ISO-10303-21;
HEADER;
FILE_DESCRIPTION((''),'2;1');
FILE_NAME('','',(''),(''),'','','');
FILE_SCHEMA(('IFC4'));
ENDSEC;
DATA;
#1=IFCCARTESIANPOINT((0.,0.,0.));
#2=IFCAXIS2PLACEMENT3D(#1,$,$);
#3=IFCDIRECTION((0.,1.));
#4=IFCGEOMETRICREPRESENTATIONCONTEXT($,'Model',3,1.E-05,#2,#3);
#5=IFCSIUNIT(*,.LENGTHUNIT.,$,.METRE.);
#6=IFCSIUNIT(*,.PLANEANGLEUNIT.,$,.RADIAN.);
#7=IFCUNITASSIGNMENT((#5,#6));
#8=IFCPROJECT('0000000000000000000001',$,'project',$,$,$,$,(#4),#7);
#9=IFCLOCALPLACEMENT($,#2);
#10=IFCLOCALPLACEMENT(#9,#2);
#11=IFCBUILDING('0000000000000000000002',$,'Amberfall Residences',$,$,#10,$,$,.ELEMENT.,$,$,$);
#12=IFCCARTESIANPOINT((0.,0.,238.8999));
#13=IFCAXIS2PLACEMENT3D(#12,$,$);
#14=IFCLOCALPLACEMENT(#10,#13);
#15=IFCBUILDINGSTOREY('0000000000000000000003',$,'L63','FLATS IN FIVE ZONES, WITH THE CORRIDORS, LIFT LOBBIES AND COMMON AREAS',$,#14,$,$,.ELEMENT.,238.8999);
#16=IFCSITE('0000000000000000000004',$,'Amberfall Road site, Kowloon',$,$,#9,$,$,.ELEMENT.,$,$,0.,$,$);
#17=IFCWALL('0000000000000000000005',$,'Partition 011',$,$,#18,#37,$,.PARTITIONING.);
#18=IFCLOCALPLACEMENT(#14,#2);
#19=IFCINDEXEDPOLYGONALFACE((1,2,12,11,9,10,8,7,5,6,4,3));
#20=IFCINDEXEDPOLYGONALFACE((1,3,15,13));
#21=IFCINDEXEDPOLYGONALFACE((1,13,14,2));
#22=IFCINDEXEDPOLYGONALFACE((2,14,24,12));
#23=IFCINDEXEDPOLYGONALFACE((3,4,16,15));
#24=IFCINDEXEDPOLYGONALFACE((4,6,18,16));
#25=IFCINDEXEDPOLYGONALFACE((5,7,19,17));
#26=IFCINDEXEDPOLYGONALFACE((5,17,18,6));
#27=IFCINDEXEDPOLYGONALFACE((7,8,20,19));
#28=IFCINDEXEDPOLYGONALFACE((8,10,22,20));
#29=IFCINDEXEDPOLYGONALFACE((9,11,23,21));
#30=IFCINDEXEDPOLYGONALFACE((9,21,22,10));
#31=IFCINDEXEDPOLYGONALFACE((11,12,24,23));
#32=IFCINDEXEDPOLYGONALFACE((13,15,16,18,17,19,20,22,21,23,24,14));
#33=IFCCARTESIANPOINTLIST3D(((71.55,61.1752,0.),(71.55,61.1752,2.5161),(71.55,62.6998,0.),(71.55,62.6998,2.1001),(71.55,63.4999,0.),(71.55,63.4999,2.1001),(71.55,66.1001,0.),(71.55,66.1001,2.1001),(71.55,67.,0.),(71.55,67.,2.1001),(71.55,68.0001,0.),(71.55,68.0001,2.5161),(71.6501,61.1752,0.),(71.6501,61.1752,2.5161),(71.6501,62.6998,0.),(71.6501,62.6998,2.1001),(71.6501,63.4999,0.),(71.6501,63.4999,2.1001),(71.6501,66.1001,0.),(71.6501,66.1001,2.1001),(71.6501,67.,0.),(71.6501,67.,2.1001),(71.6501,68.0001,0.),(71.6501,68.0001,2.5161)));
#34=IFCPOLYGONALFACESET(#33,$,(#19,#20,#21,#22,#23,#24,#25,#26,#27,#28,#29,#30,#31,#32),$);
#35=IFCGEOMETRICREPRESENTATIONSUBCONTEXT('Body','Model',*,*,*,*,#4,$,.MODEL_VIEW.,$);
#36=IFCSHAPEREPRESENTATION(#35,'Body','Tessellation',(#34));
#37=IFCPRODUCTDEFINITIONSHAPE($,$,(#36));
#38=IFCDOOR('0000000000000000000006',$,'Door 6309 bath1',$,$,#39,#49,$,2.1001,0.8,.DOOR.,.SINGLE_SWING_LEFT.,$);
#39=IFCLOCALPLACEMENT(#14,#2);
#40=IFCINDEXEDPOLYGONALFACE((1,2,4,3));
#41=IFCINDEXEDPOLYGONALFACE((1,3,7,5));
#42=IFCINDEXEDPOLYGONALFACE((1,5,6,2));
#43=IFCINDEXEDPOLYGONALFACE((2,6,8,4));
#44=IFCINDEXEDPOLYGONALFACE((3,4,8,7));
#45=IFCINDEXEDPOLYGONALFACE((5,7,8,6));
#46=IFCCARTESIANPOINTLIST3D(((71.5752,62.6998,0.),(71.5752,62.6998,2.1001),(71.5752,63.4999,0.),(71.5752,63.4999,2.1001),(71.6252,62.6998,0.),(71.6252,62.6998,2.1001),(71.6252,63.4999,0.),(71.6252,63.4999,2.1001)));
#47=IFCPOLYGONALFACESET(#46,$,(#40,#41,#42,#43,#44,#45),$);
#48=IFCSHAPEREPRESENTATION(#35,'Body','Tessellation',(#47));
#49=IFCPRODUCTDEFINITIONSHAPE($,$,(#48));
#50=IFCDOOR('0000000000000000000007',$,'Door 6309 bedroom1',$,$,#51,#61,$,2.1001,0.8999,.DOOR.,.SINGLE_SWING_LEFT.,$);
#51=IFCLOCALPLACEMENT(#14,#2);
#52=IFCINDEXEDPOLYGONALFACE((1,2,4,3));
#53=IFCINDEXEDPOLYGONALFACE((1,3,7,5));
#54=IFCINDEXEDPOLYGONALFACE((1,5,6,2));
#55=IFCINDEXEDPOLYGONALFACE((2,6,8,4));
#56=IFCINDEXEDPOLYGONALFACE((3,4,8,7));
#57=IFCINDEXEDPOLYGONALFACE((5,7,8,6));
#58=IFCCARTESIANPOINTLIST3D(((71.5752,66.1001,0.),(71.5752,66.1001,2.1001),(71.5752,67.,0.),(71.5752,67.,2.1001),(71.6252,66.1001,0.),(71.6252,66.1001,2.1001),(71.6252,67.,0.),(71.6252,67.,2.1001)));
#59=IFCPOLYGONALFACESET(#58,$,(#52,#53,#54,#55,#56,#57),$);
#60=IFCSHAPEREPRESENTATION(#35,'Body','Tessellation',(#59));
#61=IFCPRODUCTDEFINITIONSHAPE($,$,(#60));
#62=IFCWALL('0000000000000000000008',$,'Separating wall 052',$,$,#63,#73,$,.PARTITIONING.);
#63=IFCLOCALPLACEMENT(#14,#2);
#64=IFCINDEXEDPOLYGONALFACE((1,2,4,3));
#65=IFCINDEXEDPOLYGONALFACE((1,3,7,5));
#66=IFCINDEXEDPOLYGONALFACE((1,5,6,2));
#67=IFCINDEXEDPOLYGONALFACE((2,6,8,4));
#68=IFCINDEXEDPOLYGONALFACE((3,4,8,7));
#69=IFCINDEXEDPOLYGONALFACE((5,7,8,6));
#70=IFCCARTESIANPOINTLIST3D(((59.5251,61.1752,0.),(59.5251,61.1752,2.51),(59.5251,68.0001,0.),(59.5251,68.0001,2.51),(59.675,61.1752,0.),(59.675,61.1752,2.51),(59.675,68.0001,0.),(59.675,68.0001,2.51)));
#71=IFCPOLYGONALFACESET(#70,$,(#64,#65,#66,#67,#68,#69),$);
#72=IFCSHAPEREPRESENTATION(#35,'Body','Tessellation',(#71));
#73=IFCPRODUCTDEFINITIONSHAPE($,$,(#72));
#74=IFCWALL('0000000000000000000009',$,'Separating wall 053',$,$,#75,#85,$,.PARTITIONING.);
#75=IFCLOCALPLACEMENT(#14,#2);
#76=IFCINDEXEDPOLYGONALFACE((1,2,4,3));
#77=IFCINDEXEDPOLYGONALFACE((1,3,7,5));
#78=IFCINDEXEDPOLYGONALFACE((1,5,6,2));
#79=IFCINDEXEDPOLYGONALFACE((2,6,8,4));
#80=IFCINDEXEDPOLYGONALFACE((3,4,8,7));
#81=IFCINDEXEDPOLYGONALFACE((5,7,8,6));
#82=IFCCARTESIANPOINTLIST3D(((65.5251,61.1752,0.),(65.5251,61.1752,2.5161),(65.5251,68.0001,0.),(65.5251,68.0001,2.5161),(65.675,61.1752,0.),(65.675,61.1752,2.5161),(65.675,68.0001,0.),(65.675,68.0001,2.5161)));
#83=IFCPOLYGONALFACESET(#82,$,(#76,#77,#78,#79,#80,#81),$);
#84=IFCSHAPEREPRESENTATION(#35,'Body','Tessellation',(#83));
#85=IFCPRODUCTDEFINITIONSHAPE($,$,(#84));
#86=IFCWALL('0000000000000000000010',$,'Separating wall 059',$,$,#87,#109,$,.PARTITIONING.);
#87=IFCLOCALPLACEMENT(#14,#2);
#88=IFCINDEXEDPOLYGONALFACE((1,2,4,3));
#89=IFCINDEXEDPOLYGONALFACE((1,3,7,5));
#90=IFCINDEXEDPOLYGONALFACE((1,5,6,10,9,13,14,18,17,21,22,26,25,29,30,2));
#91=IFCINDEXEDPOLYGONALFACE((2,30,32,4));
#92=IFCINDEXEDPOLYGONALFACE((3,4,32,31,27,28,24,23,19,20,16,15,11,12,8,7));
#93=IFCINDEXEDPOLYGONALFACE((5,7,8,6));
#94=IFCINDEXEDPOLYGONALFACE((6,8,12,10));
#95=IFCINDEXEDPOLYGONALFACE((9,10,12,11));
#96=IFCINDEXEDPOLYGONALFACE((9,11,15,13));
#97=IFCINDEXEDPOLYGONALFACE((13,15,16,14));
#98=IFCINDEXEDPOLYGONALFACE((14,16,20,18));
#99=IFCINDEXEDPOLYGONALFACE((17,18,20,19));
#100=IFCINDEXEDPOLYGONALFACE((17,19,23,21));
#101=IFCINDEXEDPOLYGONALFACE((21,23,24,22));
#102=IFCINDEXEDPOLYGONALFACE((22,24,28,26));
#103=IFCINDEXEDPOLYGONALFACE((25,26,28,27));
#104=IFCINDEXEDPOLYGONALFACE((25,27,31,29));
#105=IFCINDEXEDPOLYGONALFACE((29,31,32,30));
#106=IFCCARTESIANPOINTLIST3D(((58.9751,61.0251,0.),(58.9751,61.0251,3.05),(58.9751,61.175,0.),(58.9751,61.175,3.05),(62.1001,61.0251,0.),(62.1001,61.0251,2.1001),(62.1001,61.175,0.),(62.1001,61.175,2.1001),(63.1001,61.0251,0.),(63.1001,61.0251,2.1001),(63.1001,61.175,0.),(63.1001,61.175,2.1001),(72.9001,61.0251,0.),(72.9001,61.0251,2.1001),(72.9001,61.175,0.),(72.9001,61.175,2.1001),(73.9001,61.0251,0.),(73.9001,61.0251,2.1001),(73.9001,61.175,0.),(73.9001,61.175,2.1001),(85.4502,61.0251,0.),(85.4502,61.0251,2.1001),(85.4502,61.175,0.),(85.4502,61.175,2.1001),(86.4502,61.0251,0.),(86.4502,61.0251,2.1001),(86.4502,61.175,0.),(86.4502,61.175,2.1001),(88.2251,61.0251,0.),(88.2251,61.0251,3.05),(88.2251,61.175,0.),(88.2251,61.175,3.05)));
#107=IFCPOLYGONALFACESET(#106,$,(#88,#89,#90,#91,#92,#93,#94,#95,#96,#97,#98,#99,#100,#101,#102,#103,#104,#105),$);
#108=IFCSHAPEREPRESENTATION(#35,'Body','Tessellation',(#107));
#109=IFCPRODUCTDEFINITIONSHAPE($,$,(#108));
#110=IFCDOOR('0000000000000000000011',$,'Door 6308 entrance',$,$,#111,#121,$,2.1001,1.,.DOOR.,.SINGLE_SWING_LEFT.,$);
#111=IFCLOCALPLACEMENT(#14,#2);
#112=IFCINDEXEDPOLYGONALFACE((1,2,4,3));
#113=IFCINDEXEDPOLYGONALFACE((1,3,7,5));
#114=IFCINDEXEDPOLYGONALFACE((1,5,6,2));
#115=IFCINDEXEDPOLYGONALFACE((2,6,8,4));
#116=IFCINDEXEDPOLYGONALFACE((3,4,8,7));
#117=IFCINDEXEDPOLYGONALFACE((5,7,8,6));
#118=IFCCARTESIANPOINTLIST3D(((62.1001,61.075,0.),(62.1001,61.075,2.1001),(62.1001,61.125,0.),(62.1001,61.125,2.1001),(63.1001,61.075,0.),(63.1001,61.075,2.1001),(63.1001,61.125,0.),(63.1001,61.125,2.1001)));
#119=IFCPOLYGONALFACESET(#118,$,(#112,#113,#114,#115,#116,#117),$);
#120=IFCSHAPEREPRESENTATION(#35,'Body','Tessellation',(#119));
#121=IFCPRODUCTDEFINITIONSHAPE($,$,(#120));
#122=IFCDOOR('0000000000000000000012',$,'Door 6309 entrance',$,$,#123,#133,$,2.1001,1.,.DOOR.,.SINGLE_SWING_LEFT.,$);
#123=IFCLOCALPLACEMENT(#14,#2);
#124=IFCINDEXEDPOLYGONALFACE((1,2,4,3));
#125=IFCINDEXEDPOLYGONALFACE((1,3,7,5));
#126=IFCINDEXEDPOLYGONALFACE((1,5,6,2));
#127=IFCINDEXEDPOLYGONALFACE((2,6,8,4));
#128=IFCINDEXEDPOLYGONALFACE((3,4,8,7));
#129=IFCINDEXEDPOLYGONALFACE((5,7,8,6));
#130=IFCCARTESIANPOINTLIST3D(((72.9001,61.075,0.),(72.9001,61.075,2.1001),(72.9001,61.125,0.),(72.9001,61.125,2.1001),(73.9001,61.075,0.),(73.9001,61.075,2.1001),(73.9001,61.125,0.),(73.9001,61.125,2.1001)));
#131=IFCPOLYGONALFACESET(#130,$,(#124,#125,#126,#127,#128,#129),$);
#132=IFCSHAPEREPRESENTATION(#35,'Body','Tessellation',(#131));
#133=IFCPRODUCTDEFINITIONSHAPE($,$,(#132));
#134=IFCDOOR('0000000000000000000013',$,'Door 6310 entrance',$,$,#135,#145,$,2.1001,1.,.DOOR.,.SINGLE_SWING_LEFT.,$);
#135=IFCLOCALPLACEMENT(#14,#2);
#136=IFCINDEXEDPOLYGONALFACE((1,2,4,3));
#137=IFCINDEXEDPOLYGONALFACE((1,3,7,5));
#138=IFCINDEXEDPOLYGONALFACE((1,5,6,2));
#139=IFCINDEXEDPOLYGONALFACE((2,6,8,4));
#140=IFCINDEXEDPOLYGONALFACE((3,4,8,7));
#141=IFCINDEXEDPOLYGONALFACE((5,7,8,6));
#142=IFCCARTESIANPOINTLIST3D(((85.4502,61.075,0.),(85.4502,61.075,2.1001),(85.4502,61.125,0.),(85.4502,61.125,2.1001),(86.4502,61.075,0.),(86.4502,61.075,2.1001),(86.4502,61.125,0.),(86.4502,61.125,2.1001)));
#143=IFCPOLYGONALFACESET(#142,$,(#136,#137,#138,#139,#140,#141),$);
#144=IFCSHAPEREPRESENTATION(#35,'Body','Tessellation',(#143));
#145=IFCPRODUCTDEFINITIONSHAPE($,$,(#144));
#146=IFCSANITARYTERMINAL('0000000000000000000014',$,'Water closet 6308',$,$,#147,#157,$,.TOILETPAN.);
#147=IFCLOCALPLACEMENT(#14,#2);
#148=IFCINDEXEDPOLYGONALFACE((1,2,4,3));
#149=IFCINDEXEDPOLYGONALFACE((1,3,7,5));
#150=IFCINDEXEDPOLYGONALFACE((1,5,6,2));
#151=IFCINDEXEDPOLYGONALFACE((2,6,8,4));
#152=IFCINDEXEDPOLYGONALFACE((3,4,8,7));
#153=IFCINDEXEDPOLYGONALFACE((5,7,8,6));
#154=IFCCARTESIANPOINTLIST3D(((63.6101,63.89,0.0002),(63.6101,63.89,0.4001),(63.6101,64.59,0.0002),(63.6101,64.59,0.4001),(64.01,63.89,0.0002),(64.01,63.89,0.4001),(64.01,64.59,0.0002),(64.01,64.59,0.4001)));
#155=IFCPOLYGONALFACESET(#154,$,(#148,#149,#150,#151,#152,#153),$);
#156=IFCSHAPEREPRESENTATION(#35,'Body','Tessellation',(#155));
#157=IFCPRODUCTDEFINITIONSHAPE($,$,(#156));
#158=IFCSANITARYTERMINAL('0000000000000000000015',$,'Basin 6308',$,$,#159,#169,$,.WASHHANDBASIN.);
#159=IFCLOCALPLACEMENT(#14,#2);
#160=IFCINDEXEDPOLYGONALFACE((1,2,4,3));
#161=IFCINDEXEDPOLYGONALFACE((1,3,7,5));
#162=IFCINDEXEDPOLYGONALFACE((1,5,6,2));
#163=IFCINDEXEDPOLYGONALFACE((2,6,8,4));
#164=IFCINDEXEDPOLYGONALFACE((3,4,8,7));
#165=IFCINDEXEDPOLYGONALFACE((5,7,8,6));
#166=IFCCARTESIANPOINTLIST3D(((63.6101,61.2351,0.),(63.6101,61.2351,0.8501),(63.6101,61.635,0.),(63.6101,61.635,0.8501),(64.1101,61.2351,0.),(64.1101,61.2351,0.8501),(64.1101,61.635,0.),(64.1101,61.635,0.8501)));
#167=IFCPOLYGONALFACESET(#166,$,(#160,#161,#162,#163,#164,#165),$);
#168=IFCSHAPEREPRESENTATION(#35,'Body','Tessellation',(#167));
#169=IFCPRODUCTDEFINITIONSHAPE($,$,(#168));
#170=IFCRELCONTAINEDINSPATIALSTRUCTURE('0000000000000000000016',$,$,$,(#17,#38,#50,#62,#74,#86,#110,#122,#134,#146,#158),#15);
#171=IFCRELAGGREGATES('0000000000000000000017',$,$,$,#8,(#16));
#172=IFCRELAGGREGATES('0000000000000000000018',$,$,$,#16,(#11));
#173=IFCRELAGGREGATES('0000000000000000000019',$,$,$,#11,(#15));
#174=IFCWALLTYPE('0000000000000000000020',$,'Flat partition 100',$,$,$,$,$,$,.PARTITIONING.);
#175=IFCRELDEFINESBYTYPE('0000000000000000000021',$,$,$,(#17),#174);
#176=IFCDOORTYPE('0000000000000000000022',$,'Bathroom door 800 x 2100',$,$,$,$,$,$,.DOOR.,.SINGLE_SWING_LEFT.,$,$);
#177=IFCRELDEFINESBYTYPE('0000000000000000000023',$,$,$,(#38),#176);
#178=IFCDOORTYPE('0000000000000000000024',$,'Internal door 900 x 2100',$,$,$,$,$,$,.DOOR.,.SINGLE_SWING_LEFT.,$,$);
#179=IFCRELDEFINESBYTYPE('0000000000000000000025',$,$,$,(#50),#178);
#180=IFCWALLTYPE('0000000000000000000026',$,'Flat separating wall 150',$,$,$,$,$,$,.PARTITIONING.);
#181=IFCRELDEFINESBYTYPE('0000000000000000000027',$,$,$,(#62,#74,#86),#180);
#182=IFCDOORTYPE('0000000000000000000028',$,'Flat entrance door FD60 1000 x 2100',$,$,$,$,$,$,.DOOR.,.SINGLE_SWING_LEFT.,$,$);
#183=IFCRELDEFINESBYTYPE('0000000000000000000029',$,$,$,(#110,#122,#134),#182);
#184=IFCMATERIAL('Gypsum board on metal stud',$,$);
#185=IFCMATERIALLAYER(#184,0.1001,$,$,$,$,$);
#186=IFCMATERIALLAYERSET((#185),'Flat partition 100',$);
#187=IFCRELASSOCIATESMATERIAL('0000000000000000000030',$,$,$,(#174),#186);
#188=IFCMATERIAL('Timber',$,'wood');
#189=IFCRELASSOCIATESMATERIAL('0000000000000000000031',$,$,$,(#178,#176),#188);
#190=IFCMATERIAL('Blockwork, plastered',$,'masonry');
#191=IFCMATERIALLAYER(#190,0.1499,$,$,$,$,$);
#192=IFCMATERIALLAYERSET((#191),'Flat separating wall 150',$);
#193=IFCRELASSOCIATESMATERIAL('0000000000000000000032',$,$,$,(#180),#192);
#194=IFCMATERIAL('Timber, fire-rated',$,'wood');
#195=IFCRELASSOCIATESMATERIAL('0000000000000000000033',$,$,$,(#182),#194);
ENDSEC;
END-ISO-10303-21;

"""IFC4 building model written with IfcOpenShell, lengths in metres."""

from ifc_helpers import new_model, si_unit, direction, frame, frame_2d, origin, origin_2d, place, context, subcontext, project, spatial, rectangle, extrude, material, layer, layer_set, type_object, element, fill, save


model = new_model("IFC4")

# Units and contexts
model_context = context("Model", 3, precision=1e-05, world=origin(), true_north=direction((0.0, 1.0)))
body_context = subcontext(model_context, "Body", "Model", "MODEL_VIEW")
ifc_project = project(units=[si_unit("LENGTHUNIT", "METRE"), si_unit("PLANEANGLEUNIT", "RADIAN")], contexts=[model_context])

# Site, building, storey
site_placement = place(None, origin())
site = spatial("IfcSite", under=ifc_project, at=site_placement, Name="Amberfall Road site, Kowloon", CompositionType="ELEMENT", RefElevation=0.0)
building_placement = place(site_placement, origin())
building = spatial("IfcBuilding", under=site, at=building_placement, Name="Amberfall Residences", CompositionType="ELEMENT")
storey_placement = place(building_placement, frame((0.0, 0.0, 238.8999)))
storey = spatial("IfcBuildingStorey", under=building, at=storey_placement, Name="L63", Description="FLATS IN FIVE ZONES, WITH THE CORRIDORS, LIFT LOBBIES AND COMMON AREAS", CompositionType="ELEMENT", Elevation=238.8999)

# Shared definitions
ifc_material_1 = material(Name="Gypsum board on metal stud")
ifc_layer_1 = layer(ifc_material_1, 0.1001)
ifc_layer_set_1 = layer_set([ifc_layer_1], Name="Flat partition 100")
wall_type_1 = type_object("IfcWallType", Name="Flat partition 100", PredefinedType="PARTITIONING", material=ifc_layer_set_1)
ifc_material_2 = material(Name="Timber", Category="wood")
door_type_1 = type_object("IfcDoorType", Name="Internal door 900 x 2100", OperationType="SINGLE_SWING_LEFT", PredefinedType="DOOR", material=ifc_material_2)

# Wall, openings, doors
wall_1_placement = place(storey_placement, frame((71.6001, 61.175, 0.0), z_axis=(0.0, 0.0, 1.0), x_axis=(0.0, 1.0, 0.0)))
wall_1 = element("IfcWall", 1, at=wall_1_placement, inside=storey, type_object=wall_type_1, Name="Partition 011", PredefinedType="PARTITIONING", context=body_context, shape_type="SweptSolid", body=[
    extrude(rectangle(XDim=6.825, YDim=0.1001, at=frame_2d((3.4126, 0.0))), origin(), (0.0, 0.0, 1.0), 2.5161),
])
opening_1_placement = place(wall_1_placement, frame((4.925, 0.0, 0.0)))
opening_1 = element("IfcOpeningElement", 2, at=opening_1_placement, cuts=wall_1, PredefinedType="OPENING", context=body_context, shape_type="SweptSolid", body=[
    extrude(rectangle(XDim=0.8999, YDim=2.1001, at=frame_2d((0.45, 1.05))), frame((0.0, 0.0601, 0.0), z_axis=(0.0, -1.0, 0.0), x_axis=(1.0, 0.0, 0.0)), (0.0, 0.0, 1.0), 0.1201),
])
opening_2_placement = place(wall_1_placement, frame((1.5249, 0.0, 0.0)))
opening_2 = element("IfcOpeningElement", 3, at=opening_2_placement, cuts=wall_1, PredefinedType="OPENING", context=body_context, shape_type="SweptSolid", body=[
    extrude(rectangle(XDim=0.8, YDim=2.1001, at=frame_2d((0.3999, 1.05))), frame((0.0, 0.0601, 0.0), z_axis=(0.0, -1.0, 0.0), x_axis=(1.0, 0.0, 0.0)), (0.0, 0.0, 1.0), 0.1201),
])
door_type_2 = type_object("IfcDoorType", Name="Bathroom door 800 x 2100", OperationType="SINGLE_SWING_LEFT", PredefinedType="DOOR", material=ifc_material_2)
door_1_placement = place(opening_2_placement, origin())
door_1 = element("IfcDoor", 4, at=door_1_placement, inside=storey, type_object=door_type_2, Name="Door 6309 bath1", OperationType="SINGLE_SWING_LEFT", OverallHeight=2.1001, OverallWidth=0.8, PredefinedType="DOOR", context=body_context, shape_type="SweptSolid", body=[
    extrude(rectangle(XDim=0.8, YDim=2.1001, at=frame_2d((0.3999, 1.05))), frame((0.0, 0.0249, 0.0), z_axis=(0.0, -1.0, 0.0), x_axis=(1.0, 0.0, 0.0)), (0.0, 0.0, 1.0), 0.05),
])
fill(opening_2, door_1)
door_2_placement = place(opening_1_placement, origin())
door_2 = element("IfcDoor", 5, at=door_2_placement, inside=storey, type_object=door_type_1, Name="Door 6309 bedroom1", OperationType="SINGLE_SWING_LEFT", OverallHeight=2.1001, OverallWidth=0.8999, PredefinedType="DOOR", context=body_context, shape_type="SweptSolid", body=[
    extrude(rectangle(XDim=0.8999, YDim=2.1001, at=frame_2d((0.45, 1.05))), frame((0.0, 0.0249, 0.0), z_axis=(0.0, -1.0, 0.0), x_axis=(1.0, 0.0, 0.0)), (0.0, 0.0, 1.0), 0.05),
])
fill(opening_1, door_2)

# Walls
ifc_material_3 = material(Name="Blockwork, plastered", Category="masonry")
ifc_layer_2 = layer(ifc_material_3, 0.1499)
ifc_layer_set_2 = layer_set([ifc_layer_2], Name="Flat separating wall 150")
wall_type_2 = type_object("IfcWallType", Name="Flat separating wall 150", PredefinedType="PARTITIONING", material=ifc_layer_set_2)
wall_2_placement = place(storey_placement, frame((59.6001, 61.175, 0.0), z_axis=(0.0, 0.0, 1.0), x_axis=(0.0, 1.0, 0.0)))
element("IfcWall", 6, at=wall_2_placement, inside=storey, type_object=wall_type_2, Name="Separating wall 052", PredefinedType="PARTITIONING", context=body_context, shape_type="SweptSolid", body=[
    extrude(rectangle(XDim=6.825, YDim=0.1499, at=frame_2d((3.4126, 0.0))), origin(), (0.0, 0.0, 1.0), 2.51),
])
wall_3_placement = place(storey_placement, frame((65.6001, 61.175, 0.0), z_axis=(0.0, 0.0, 1.0), x_axis=(0.0, 1.0, 0.0)))
element("IfcWall", 7, at=wall_3_placement, inside=storey, type_object=wall_type_2, Name="Separating wall 053", PredefinedType="PARTITIONING", context=body_context, shape_type="SweptSolid", body=[
    extrude(rectangle(XDim=6.825, YDim=0.1499, at=frame_2d((3.4126, 0.0))), origin(), (0.0, 0.0, 1.0), 2.5161),
])

# Wall, openings, doors
wall_4_placement = place(storey_placement, frame((58.9751, 61.1001, 0.0), z_axis=(0.0, 0.0, 1.0), x_axis=(1.0, 0.0, 0.0)))
wall_4 = element("IfcWall", 8, at=wall_4_placement, inside=storey, type_object=wall_type_2, Name="Separating wall 059", PredefinedType="PARTITIONING", context=body_context, shape_type="SweptSolid", body=[
    extrude(rectangle(XDim=29.25, YDim=0.1499, at=frame_2d((14.625, 0.0))), origin(), (0.0, 0.0, 1.0), 3.05),
])
opening_3_placement = place(wall_4_placement, frame((3.125, 0.0, 0.0)))
opening_3 = element("IfcOpeningElement", 9, at=opening_3_placement, cuts=wall_4, PredefinedType="OPENING", context=body_context, shape_type="SweptSolid", body=[
    extrude(rectangle(XDim=1.0, YDim=2.1001, at=frame_2d((0.5, 1.05))), frame((0.0, 0.085, 0.0), z_axis=(0.0, -1.0, 0.0), x_axis=(1.0, 0.0, 0.0)), (0.0, 0.0, 1.0), 0.1699),
])
opening_4_placement = place(wall_4_placement, frame((13.925, 0.0, 0.0)))
opening_4 = element("IfcOpeningElement", 10, at=opening_4_placement, cuts=wall_4, PredefinedType="OPENING", context=body_context, shape_type="SweptSolid", body=[
    extrude(rectangle(XDim=1.0, YDim=2.1001, at=frame_2d((0.5, 1.05))), frame((0.0, 0.085, 0.0), z_axis=(0.0, -1.0, 0.0), x_axis=(1.0, 0.0, 0.0)), (0.0, 0.0, 1.0), 0.1699),
])
opening_5_placement = place(wall_4_placement, frame((26.4751, 0.0, 0.0)))
opening_5 = element("IfcOpeningElement", 11, at=opening_5_placement, cuts=wall_4, PredefinedType="OPENING", context=body_context, shape_type="SweptSolid", body=[
    extrude(rectangle(XDim=1.0, YDim=2.1001, at=frame_2d((0.5, 1.05))), frame((0.0, 0.085, 0.0), z_axis=(0.0, -1.0, 0.0), x_axis=(1.0, 0.0, 0.0)), (0.0, 0.0, 1.0), 0.1699),
])
ifc_material_4 = material(Name="Timber, fire-rated", Category="wood")
door_type_3 = type_object("IfcDoorType", Name="Flat entrance door FD60 1000 x 2100", OperationType="SINGLE_SWING_LEFT", PredefinedType="DOOR", material=ifc_material_4)
door_3_placement = place(opening_3_placement, origin())
door_3 = element("IfcDoor", 12, at=door_3_placement, inside=storey, type_object=door_type_3, Name="Door 6308 entrance", OperationType="SINGLE_SWING_LEFT", OverallHeight=2.1001, OverallWidth=1.0, PredefinedType="DOOR", context=body_context, shape_type="SweptSolid", body=[
    extrude(rectangle(XDim=1.0, YDim=2.1001, at=frame_2d((0.5, 1.05))), frame((0.0, 0.0249, 0.0), z_axis=(0.0, -1.0, 0.0), x_axis=(1.0, 0.0, 0.0)), (0.0, 0.0, 1.0), 0.05),
])
fill(opening_3, door_3)
door_4_placement = place(opening_4_placement, origin())
door_4 = element("IfcDoor", 13, at=door_4_placement, inside=storey, type_object=door_type_3, Name="Door 6309 entrance", OperationType="SINGLE_SWING_LEFT", OverallHeight=2.1001, OverallWidth=1.0, PredefinedType="DOOR", context=body_context, shape_type="SweptSolid", body=[
    extrude(rectangle(XDim=1.0, YDim=2.1001, at=frame_2d((0.5, 1.05))), frame((0.0, 0.0249, 0.0), z_axis=(0.0, -1.0, 0.0), x_axis=(1.0, 0.0, 0.0)), (0.0, 0.0, 1.0), 0.05),
])
fill(opening_4, door_4)
door_5_placement = place(opening_5_placement, origin())
door_5 = element("IfcDoor", 14, at=door_5_placement, inside=storey, type_object=door_type_3, Name="Door 6310 entrance", OperationType="SINGLE_SWING_LEFT", OverallHeight=2.1001, OverallWidth=1.0, PredefinedType="DOOR", context=body_context, shape_type="SweptSolid", body=[
    extrude(rectangle(XDim=1.0, YDim=2.1001, at=frame_2d((0.5, 1.05))), frame((0.0, 0.0249, 0.0), z_axis=(0.0, -1.0, 0.0), x_axis=(1.0, 0.0, 0.0)), (0.0, 0.0, 1.0), 0.05),
])
fill(opening_5, door_5)

# Sanitary terminals
sanitary_terminal_1_placement = place(storey_placement, frame((63.8101, 64.24, 0.0002), z_axis=(0.0, 0.0, 1.0), x_axis=(1.0, 0.0, 0.0)))
element("IfcSanitaryTerminal", 15, at=sanitary_terminal_1_placement, inside=storey, Name="Water closet 6308", PredefinedType="TOILETPAN", context=body_context, shape_type="SweptSolid", body=[
    extrude(rectangle(XDim=0.3999, YDim=0.7, at=origin_2d()), origin(), (0.0, 0.0, 1.0), 0.3999),
])
sanitary_terminal_2_placement = place(storey_placement, frame((63.8601, 61.4351, 0.0), z_axis=(0.0, 0.0, 1.0), x_axis=(1.0, 0.0, 0.0)))
element("IfcSanitaryTerminal", 16, at=sanitary_terminal_2_placement, inside=storey, Name="Basin 6308", PredefinedType="WASHHANDBASIN", context=body_context, shape_type="SweptSolid", body=[
    extrude(rectangle(XDim=0.5, YDim=0.3999, at=origin_2d()), origin(), (0.0, 0.0, 1.0), 0.8501),
])

save(model, "model.ifc")
